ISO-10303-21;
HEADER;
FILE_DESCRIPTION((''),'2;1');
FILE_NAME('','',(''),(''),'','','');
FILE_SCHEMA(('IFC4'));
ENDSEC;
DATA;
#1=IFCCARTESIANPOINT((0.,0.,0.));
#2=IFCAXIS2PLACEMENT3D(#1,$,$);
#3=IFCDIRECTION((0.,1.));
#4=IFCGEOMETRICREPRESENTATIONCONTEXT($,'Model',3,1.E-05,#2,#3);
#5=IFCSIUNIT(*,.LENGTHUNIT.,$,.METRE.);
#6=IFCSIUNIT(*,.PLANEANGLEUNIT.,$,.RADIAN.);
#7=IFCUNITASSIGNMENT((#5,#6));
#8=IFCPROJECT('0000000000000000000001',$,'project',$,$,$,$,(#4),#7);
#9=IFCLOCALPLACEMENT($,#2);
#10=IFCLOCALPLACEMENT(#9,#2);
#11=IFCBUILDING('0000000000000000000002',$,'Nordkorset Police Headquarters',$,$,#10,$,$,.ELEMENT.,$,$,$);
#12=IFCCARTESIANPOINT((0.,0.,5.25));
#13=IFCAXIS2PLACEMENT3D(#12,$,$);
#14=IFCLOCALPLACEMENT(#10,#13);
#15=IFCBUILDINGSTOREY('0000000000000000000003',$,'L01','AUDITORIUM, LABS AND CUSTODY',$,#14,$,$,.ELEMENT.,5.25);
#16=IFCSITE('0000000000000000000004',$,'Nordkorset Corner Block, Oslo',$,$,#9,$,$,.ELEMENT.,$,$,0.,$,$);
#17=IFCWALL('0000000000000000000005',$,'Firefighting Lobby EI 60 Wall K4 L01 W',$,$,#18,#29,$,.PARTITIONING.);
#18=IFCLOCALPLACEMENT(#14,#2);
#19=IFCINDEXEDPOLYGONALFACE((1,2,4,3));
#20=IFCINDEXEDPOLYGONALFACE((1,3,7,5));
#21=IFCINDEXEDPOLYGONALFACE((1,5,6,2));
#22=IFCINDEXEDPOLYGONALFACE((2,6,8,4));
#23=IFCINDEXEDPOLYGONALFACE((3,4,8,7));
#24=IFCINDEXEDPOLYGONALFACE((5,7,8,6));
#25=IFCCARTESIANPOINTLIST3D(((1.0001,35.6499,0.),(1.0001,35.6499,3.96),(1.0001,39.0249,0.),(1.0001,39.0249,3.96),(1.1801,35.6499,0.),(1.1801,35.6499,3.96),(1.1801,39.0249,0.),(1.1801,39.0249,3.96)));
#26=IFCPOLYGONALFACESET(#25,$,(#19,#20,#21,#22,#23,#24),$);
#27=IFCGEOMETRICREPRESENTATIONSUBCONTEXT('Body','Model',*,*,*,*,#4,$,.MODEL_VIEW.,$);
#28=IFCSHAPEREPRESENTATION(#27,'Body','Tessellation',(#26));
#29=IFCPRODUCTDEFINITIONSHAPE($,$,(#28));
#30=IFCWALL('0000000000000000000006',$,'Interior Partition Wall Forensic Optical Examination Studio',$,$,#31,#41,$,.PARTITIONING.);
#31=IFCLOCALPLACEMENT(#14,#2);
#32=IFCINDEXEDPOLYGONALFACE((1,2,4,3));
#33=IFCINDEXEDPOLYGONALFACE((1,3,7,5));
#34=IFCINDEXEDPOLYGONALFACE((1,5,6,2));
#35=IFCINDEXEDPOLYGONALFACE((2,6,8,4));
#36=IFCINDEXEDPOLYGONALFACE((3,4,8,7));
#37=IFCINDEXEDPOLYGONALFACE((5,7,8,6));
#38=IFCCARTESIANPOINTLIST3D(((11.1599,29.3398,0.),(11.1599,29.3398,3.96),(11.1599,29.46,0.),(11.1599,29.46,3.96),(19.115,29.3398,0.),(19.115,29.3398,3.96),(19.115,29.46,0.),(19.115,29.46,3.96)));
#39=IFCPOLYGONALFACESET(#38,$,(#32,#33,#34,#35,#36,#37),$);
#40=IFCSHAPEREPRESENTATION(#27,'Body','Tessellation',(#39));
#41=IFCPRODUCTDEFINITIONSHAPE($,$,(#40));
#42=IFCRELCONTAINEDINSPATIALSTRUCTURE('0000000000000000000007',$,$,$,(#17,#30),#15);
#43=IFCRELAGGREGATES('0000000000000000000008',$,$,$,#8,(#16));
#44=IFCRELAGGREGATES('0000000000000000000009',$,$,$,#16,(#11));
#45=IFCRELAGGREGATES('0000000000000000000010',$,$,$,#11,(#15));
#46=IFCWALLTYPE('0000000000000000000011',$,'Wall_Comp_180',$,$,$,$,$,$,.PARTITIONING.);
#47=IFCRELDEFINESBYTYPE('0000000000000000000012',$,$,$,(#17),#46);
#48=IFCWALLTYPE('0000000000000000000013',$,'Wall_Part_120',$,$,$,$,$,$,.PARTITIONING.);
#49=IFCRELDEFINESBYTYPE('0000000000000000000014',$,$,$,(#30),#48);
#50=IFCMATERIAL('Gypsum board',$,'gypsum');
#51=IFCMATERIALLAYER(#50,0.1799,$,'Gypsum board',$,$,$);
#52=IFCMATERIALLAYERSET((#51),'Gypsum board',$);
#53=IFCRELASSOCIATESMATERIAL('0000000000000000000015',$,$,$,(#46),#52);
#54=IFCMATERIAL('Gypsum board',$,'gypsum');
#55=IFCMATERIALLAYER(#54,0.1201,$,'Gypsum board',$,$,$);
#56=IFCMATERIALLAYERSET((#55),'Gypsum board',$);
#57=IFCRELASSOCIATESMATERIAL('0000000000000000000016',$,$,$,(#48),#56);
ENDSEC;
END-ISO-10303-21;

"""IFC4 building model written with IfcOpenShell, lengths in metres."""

from ifc_helpers import new_model, si_unit, direction, frame, frame_2d, origin, place, context, subcontext, project, spatial, rectangle, extrude, material, layer, layer_set, type_object, element, save


model = new_model("IFC4")

# Units and contexts
model_context = context("Model", 3, precision=1e-05, world=origin(), true_north=direction((0.0, 1.0)))
body_context = subcontext(model_context, "Body", "Model", "MODEL_VIEW")
ifc_project = project(units=[si_unit("LENGTHUNIT", "METRE"), si_unit("PLANEANGLEUNIT", "RADIAN")], contexts=[model_context])

# Site, building, storey
site_placement = place(None, origin())
site = spatial("IfcSite", under=ifc_project, at=site_placement, Name="Nordkorset Corner Block, Oslo", CompositionType="ELEMENT", RefElevation=0.0)
building_placement = place(site_placement, origin())
building = spatial("IfcBuilding", under=site, at=building_placement, Name="Nordkorset Police Headquarters", CompositionType="ELEMENT")
storey_placement = place(building_placement, frame((0.0, 0.0, 5.25)))
storey = spatial("IfcBuildingStorey", under=building, at=storey_placement, Name="L01", Description="AUDITORIUM, LABS AND CUSTODY", CompositionType="ELEMENT", Elevation=5.25)

# Wall
ifc_material_1 = material(Name="Gypsum board", Category="gypsum")
ifc_layer_1 = layer(ifc_material_1, 0.1799, Name="Gypsum board")
ifc_layer_set_1 = layer_set([ifc_layer_1], Name="Gypsum board")
wall_type_1 = type_object("IfcWallType", Name="Wall_Comp_180", PredefinedType="PARTITIONING", material=ifc_layer_set_1)
wall_1_placement = place(storey_placement, frame((1.0901, 35.6499, 0.0), z_axis=(0.0, 0.0, 1.0), x_axis=(0.0, 1.0, 0.0)))
element("IfcWall", 1, at=wall_1_placement, inside=storey, type_object=wall_type_1, Name="Firefighting Lobby EI 60 Wall K4 L01 W", PredefinedType="PARTITIONING", context=body_context, shape_type="SweptSolid", body=[
    extrude(rectangle(XDim=3.375, YDim=0.1799, at=frame_2d((1.6875, 0.0))), origin(), (0.0, 0.0, 1.0), 3.96),
])

# Wall
ifc_material_2 = material(Name="Gypsum board", Category="gypsum")
ifc_layer_2 = layer(ifc_material_2, 0.1201, Name="Gypsum board")
ifc_layer_set_2 = layer_set([ifc_layer_2], Name="Gypsum board")
wall_type_2 = type_object("IfcWallType", Name="Wall_Part_120", PredefinedType="PARTITIONING", material=ifc_layer_set_2)
wall_2_placement = place(storey_placement, frame((11.1599, 29.3999, 0.0), z_axis=(0.0, 0.0, 1.0), x_axis=(1.0, 0.0, 0.0)))
element("IfcWall", 2, at=wall_2_placement, inside=storey, type_object=wall_type_2, Name="Interior Partition Wall Forensic Optical Examination Studio", PredefinedType="PARTITIONING", context=body_context, shape_type="SweptSolid", body=[
    extrude(rectangle(XDim=7.9551, YDim=0.1201, at=frame_2d((3.9775, 0.0))), origin(), (0.0, 0.0, 1.0), 3.96),
])

save(model, "model.ifc")
